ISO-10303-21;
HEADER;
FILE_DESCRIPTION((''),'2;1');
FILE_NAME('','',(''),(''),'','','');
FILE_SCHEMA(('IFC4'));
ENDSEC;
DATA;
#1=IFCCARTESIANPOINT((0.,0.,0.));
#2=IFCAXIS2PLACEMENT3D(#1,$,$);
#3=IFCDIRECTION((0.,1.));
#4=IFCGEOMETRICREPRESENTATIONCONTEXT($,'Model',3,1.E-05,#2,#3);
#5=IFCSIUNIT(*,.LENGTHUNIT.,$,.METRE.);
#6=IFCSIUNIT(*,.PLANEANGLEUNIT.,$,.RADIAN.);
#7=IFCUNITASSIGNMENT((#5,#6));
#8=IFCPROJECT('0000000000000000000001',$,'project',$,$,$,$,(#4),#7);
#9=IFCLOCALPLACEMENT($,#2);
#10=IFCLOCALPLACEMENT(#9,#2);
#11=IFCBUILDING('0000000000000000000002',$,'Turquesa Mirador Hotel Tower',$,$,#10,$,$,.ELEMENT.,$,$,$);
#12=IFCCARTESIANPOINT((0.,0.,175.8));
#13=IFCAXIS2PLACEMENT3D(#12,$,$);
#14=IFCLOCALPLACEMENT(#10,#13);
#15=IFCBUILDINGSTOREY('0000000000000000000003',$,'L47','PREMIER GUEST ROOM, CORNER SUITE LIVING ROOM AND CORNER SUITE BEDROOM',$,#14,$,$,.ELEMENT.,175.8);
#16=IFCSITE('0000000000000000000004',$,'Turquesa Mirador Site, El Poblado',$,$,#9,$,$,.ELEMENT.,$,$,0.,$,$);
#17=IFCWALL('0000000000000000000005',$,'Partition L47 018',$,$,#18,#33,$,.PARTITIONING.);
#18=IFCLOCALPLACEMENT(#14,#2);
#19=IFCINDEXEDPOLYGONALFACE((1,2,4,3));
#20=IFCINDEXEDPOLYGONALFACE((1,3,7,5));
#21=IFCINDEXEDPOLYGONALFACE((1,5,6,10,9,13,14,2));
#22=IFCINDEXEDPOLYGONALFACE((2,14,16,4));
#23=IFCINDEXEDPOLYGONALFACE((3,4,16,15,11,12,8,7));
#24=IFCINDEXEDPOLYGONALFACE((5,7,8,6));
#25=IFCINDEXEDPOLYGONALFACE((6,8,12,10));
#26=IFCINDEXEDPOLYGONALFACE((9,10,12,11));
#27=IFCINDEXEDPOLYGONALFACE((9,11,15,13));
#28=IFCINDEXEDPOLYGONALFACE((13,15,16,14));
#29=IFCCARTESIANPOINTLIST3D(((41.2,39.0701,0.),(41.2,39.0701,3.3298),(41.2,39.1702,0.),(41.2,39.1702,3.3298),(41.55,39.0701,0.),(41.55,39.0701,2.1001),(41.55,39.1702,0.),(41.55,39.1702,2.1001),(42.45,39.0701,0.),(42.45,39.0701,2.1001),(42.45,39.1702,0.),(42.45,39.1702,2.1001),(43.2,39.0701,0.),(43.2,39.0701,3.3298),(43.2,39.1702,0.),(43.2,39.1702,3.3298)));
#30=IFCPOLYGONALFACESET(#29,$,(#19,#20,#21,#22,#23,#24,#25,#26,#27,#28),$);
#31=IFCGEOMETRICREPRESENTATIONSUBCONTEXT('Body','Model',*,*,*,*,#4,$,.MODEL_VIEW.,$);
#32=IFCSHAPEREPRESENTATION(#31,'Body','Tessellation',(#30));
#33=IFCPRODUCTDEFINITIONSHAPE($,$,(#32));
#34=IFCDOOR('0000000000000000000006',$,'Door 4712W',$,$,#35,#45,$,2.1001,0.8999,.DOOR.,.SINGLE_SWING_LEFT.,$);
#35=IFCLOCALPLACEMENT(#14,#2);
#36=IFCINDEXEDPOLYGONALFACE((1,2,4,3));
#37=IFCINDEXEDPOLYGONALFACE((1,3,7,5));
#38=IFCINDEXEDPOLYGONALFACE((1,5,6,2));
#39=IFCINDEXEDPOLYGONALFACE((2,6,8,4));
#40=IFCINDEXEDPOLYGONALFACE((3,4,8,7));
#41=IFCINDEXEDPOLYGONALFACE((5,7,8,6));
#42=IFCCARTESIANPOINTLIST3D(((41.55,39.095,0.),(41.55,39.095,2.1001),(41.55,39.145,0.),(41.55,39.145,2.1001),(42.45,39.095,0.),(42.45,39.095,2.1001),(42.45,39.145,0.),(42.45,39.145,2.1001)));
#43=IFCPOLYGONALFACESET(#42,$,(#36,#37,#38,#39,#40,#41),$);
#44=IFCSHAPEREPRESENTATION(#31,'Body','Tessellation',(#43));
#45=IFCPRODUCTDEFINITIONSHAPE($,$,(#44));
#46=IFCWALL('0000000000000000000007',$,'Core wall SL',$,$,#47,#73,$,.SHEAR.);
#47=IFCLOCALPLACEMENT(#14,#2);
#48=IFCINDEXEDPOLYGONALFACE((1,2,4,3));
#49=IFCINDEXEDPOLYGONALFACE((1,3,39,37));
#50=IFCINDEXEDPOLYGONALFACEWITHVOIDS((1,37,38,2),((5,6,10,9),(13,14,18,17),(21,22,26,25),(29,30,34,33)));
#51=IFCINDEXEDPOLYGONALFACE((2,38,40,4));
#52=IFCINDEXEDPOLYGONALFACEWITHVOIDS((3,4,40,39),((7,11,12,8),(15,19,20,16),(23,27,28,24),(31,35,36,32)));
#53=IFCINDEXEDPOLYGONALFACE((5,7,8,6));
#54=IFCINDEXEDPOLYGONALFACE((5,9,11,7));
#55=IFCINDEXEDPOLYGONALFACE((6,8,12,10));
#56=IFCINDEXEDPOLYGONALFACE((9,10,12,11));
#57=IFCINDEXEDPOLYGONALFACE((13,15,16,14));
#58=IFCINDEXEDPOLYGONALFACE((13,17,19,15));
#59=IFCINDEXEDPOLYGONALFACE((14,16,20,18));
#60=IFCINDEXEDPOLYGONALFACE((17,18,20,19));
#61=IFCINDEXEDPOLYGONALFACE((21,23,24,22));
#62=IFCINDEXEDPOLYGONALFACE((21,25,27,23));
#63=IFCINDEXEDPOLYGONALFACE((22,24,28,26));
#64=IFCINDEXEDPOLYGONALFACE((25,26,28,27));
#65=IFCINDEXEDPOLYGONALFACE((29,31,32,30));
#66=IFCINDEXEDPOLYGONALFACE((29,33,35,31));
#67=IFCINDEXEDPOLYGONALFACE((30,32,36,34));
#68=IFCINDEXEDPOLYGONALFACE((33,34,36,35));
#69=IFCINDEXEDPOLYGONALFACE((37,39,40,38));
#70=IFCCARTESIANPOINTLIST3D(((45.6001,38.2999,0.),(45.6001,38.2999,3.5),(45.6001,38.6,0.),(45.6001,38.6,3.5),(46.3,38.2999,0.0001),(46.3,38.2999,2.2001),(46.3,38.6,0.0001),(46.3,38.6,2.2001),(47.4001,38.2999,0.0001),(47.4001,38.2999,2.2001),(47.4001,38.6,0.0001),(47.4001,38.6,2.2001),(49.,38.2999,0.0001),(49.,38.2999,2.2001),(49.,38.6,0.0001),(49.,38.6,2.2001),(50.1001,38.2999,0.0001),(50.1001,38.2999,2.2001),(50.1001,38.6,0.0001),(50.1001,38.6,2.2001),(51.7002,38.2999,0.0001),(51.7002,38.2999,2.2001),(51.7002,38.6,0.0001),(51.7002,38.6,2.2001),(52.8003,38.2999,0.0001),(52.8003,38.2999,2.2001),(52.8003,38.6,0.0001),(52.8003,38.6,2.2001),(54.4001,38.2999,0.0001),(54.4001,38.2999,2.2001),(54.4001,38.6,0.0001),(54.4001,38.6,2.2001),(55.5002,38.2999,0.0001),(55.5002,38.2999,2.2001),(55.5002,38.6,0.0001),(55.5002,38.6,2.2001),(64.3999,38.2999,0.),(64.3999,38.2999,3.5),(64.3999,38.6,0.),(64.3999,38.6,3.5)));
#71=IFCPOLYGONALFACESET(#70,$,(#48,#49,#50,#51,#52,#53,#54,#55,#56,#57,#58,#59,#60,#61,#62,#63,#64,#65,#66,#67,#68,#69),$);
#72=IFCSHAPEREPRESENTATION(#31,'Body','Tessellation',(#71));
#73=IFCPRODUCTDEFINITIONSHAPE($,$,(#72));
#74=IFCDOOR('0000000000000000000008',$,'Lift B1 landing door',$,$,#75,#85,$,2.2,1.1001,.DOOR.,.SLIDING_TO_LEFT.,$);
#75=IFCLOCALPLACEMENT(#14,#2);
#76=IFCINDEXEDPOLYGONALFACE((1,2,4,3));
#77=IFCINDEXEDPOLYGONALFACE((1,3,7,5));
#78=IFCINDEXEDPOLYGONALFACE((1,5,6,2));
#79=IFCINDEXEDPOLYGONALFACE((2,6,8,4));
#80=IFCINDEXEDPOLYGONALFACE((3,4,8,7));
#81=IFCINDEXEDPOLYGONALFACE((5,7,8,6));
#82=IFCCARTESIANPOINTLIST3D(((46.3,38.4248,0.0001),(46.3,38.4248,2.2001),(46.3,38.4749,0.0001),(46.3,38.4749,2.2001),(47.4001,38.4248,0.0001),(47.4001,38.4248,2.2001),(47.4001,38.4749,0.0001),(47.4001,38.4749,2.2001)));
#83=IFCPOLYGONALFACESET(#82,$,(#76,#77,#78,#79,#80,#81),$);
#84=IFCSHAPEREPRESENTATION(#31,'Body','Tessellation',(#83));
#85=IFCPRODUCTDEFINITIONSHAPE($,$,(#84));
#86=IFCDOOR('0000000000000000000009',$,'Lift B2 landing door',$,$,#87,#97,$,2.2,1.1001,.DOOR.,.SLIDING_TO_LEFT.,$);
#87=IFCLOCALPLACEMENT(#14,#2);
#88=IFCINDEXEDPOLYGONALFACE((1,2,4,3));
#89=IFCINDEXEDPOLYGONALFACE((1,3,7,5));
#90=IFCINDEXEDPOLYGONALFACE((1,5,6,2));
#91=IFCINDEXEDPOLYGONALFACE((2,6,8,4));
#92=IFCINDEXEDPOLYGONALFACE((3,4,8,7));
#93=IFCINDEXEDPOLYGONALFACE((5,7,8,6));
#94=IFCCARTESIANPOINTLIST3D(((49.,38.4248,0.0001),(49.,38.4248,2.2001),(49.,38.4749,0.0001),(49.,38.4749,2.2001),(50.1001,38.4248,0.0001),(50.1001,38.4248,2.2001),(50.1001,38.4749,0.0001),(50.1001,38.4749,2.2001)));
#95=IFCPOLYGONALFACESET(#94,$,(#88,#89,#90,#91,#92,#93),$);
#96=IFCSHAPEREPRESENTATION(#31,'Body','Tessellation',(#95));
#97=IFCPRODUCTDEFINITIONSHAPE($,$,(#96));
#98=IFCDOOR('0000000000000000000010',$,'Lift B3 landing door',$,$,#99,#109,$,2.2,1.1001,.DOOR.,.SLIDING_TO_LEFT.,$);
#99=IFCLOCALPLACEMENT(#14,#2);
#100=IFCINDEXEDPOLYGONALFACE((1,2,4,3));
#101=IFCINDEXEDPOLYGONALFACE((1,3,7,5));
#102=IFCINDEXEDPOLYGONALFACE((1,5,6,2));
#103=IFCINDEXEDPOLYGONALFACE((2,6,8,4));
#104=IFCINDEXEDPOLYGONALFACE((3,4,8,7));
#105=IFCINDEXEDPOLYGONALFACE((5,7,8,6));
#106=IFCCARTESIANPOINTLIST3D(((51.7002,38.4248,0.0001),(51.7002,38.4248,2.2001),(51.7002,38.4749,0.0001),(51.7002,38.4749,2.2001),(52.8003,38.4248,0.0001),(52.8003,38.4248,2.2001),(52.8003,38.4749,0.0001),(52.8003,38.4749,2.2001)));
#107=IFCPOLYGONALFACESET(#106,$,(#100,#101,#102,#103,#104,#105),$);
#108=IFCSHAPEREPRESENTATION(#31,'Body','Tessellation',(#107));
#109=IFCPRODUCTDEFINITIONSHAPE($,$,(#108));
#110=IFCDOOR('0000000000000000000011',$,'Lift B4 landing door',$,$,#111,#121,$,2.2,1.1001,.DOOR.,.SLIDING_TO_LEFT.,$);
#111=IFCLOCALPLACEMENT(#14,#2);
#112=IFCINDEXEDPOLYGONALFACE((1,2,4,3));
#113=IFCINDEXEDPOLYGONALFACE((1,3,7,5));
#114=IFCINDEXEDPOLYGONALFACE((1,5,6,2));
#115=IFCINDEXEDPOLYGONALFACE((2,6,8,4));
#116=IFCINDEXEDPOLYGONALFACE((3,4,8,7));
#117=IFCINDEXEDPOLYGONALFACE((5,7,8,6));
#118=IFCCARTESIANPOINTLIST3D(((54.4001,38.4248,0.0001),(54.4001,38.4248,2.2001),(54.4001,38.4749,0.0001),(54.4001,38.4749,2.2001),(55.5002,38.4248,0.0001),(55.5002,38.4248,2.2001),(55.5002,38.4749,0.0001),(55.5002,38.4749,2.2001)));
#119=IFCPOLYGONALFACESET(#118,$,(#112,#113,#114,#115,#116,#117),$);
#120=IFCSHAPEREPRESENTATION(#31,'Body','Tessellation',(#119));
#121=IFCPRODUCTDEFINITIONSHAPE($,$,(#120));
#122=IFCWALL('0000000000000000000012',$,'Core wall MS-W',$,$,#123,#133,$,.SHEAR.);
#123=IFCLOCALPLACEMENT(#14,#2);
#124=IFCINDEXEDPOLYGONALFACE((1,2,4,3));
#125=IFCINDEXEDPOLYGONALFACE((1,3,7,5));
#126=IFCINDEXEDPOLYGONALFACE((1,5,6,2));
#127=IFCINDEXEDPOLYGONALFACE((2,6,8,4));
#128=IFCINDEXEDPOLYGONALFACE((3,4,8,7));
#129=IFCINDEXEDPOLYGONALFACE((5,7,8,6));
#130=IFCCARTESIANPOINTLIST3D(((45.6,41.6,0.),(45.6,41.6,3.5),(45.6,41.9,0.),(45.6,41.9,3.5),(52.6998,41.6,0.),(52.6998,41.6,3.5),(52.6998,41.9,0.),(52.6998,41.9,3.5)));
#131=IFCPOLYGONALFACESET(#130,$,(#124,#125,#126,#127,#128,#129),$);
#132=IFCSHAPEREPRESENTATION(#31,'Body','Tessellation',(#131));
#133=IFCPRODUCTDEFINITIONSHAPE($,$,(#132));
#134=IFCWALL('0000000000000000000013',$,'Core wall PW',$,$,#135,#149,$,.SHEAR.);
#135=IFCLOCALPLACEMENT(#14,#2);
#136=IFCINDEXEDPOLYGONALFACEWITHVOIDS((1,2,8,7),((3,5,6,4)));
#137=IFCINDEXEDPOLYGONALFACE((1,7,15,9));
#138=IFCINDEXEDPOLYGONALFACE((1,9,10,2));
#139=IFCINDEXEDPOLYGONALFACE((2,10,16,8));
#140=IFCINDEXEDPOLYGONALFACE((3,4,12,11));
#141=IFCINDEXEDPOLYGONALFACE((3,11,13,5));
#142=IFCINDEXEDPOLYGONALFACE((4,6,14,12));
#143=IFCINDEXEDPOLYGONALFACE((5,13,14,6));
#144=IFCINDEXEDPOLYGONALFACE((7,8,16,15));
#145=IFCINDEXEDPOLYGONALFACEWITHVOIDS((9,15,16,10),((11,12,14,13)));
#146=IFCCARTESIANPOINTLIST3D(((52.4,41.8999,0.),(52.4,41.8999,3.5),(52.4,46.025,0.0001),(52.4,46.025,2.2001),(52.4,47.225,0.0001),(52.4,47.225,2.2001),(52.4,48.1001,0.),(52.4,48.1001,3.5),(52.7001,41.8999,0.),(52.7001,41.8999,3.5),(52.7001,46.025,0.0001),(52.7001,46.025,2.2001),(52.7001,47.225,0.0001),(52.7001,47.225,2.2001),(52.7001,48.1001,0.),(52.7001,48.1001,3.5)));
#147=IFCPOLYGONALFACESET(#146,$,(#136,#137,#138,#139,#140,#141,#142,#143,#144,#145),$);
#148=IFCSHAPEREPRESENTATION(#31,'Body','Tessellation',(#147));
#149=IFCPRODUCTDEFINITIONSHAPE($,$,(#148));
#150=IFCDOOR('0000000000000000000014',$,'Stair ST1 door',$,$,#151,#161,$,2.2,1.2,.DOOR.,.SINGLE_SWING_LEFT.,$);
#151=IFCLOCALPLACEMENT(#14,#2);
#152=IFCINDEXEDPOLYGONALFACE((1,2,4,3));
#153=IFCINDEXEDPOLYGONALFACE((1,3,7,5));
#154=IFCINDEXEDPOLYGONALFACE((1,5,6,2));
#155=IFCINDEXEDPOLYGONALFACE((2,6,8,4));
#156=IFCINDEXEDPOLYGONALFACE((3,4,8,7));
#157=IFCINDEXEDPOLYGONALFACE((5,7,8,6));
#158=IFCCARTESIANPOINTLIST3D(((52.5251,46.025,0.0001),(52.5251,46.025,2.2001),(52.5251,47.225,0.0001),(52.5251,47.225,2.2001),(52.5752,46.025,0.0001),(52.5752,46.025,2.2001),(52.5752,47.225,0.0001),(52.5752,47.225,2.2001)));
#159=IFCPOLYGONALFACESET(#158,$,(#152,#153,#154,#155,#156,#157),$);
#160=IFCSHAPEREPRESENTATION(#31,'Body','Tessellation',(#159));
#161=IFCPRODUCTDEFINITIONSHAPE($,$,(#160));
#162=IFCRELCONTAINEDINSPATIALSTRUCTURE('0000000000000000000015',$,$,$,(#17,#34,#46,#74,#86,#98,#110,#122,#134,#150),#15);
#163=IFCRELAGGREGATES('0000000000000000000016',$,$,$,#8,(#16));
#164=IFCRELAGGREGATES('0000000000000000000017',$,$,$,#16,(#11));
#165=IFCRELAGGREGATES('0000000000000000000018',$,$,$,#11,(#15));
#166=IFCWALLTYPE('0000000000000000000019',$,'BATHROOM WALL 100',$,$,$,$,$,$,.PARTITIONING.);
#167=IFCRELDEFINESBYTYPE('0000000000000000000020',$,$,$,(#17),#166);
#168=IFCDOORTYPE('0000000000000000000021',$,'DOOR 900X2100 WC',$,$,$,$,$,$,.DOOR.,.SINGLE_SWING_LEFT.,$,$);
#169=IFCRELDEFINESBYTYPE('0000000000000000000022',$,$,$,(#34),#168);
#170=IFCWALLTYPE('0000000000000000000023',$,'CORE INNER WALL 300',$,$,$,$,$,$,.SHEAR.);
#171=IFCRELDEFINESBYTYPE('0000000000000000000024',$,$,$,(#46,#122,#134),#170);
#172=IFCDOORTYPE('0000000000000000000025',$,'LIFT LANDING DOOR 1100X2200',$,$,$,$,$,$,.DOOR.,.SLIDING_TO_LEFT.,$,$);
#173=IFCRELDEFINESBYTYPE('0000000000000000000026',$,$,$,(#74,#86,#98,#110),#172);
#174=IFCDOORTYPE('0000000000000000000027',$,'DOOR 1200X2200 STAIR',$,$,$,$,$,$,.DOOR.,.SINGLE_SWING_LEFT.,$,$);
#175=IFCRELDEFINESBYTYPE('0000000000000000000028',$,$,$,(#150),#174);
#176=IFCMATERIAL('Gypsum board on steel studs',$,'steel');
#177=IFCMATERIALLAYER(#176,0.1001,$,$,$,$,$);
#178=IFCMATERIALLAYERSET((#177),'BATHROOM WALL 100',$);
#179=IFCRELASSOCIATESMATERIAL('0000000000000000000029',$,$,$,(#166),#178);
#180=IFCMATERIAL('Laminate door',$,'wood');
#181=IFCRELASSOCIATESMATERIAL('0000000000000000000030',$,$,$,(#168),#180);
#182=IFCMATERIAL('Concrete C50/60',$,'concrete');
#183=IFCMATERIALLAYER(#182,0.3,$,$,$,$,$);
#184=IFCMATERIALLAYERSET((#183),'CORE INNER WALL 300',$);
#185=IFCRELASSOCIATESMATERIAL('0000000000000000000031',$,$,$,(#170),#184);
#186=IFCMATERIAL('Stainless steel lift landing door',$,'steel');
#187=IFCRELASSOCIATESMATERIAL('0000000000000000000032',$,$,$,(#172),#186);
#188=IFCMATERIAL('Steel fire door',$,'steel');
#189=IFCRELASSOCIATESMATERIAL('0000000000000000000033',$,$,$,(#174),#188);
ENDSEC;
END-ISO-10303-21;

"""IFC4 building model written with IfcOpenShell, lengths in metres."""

from ifc_helpers import new_model, si_unit, direction, frame, frame_2d, origin, place, context, subcontext, project, spatial, rectangle, extrude, material, layer, layer_set, type_object, element, fill, save


model = new_model("IFC4")

# Units and contexts
model_context = context("Model", 3, precision=1e-05, world=origin(), true_north=direction((0.0, 1.0)))
body_context = subcontext(model_context, "Body", "Model", "MODEL_VIEW")
ifc_project = project(units=[si_unit("LENGTHUNIT", "METRE"), si_unit("PLANEANGLEUNIT", "RADIAN")], contexts=[model_context])

# Site, building, storey
site_placement = place(None, origin())
site = spatial("IfcSite", under=ifc_project, at=site_placement, Name="Turquesa Mirador Site, El Poblado", CompositionType="ELEMENT", RefElevation=0.0)
building_placement = place(site_placement, origin())
building = spatial("IfcBuilding", under=site, at=building_placement, Name="Turquesa Mirador Hotel Tower", CompositionType="ELEMENT")
storey_placement = place(building_placement, frame((0.0, 0.0, 175.8)))
storey = spatial("IfcBuildingStorey", under=building, at=storey_placement, Name="L47", Description="PREMIER GUEST ROOM, CORNER SUITE LIVING ROOM AND CORNER SUITE BEDROOM", CompositionType="ELEMENT", Elevation=175.8)

# Wall, opening, door
ifc_material_1 = material(Name="Gypsum board on steel studs", Category="steel")
ifc_layer_1 = layer(ifc_material_1, 0.1001)
ifc_layer_set_1 = layer_set([ifc_layer_1], Name="BATHROOM WALL 100")
wall_type_1 = type_object("IfcWallType", Name="BATHROOM WALL 100", PredefinedType="PARTITIONING", material=ifc_layer_set_1)
wall_1_placement = place(storey_placement, frame((41.2, 39.1201, 0.0), z_axis=(0.0, 0.0, 1.0), x_axis=(1.0, 0.0, 0.0)))
wall_1 = element("IfcWall", 1, at=wall_1_placement, inside=storey, type_object=wall_type_1, Name="Partition L47 018", PredefinedType="PARTITIONING", context=body_context, shape_type="SweptSolid", body=[
    extrude(rectangle(XDim=2.0, YDim=0.1001, at=frame_2d((1.0, 0.0))), origin(), (0.0, 0.0, 1.0), 3.3298),
])
opening_1_placement = place(wall_1_placement, frame((0.3501, 0.0, 0.0)))
opening_1 = element("IfcOpeningElement", 2, at=opening_1_placement, cuts=wall_1, PredefinedType="OPENING", context=body_context, shape_type="SweptSolid", body=[
    extrude(rectangle(XDim=0.8999, YDim=2.1001, at=frame_2d((0.45, 1.05))), frame((0.0, 0.0601, 0.0), z_axis=(0.0, -1.0, 0.0), x_axis=(1.0, 0.0, 0.0)), (0.0, 0.0, 1.0), 0.1201),
])
ifc_material_2 = material(Name="Laminate door", Category="wood")
door_type_1 = type_object("IfcDoorType", Name="DOOR 900X2100 WC", OperationType="SINGLE_SWING_LEFT", PredefinedType="DOOR", material=ifc_material_2)
door_1_placement = place(opening_1_placement, origin())
door_1 = element("IfcDoor", 3, at=door_1_placement, inside=storey, type_object=door_type_1, Name="Door 4712W", OperationType="SINGLE_SWING_LEFT", OverallHeight=2.1001, OverallWidth=0.8999, PredefinedType="DOOR", context=body_context, shape_type="SweptSolid", body=[
    extrude(rectangle(XDim=0.8999, YDim=2.1001, at=frame_2d((0.45, 1.05))), frame((0.0, 0.0249, 0.0), z_axis=(0.0, -1.0, 0.0), x_axis=(1.0, 0.0, 0.0)), (0.0, 0.0, 1.0), 0.05),
])
fill(opening_1, door_1)

# Wall, openings, doors
ifc_material_3 = material(Name="Concrete C50/60", Category="concrete")
ifc_layer_2 = layer(ifc_material_3, 0.3)
ifc_layer_set_2 = layer_set([ifc_layer_2], Name="CORE INNER WALL 300")
wall_type_2 = type_object("IfcWallType", Name="CORE INNER WALL 300", PredefinedType="SHEAR", material=ifc_layer_set_2)
wall_2_placement = place(storey_placement, frame((45.6001, 38.45, 0.0), z_axis=(0.0, 0.0, 1.0), x_axis=(1.0, 0.0, 0.0)))
wall_2 = element("IfcWall", 4, at=wall_2_placement, inside=storey, type_object=wall_type_2, Name="Core wall SL", PredefinedType="SHEAR", context=body_context, shape_type="SweptSolid", body=[
    extrude(rectangle(XDim=18.7998, YDim=0.3, at=frame_2d((9.3999, 0.0))), origin(), (0.0, 0.0, 1.0), 3.5),
])
opening_2_placement = place(wall_2_placement, frame((0.7, 0.0, 0.0)))
opening_2 = element("IfcOpeningElement", 5, at=opening_2_placement, cuts=wall_2, PredefinedType="OPENING", context=body_context, shape_type="SweptSolid", body=[
    extrude(rectangle(XDim=1.1001, YDim=2.2, at=frame_2d((0.55, 1.1001))), frame((0.0, 0.1599, 0.0), z_axis=(0.0, -1.0, 0.0), x_axis=(1.0, 0.0, 0.0)), (0.0, 0.0, 1.0), 0.3201),
])
opening_3_placement = place(wall_2_placement, frame((3.3999, 0.0, 0.0)))
opening_3 = element("IfcOpeningElement", 6, at=opening_3_placement, cuts=wall_2, PredefinedType="OPENING", context=body_context, shape_type="SweptSolid", body=[
    extrude(rectangle(XDim=1.1001, YDim=2.2, at=frame_2d((0.55, 1.1001))), frame((0.0, 0.1599, 0.0), z_axis=(0.0, -1.0, 0.0), x_axis=(1.0, 0.0, 0.0)), (0.0, 0.0, 1.0), 0.3201),
])
opening_4_placement = place(wall_2_placement, frame((6.1001, 0.0, 0.0)))
opening_4 = element("IfcOpeningElement", 7, at=opening_4_placement, cuts=wall_2, PredefinedType="OPENING", context=body_context, shape_type="SweptSolid", body=[
    extrude(rectangle(XDim=1.1001, YDim=2.2, at=frame_2d((0.55, 1.1001))), frame((0.0, 0.1599, 0.0), z_axis=(0.0, -1.0, 0.0), x_axis=(1.0, 0.0, 0.0)), (0.0, 0.0, 1.0), 0.3201),
])
opening_5_placement = place(wall_2_placement, frame((8.8, 0.0, 0.0)))
opening_5 = element("IfcOpeningElement", 8, at=opening_5_placement, cuts=wall_2, PredefinedType="OPENING", context=body_context, shape_type="SweptSolid", body=[
    extrude(rectangle(XDim=1.1001, YDim=2.2, at=frame_2d((0.55, 1.1001))), frame((0.0, 0.1599, 0.0), z_axis=(0.0, -1.0, 0.0), x_axis=(1.0, 0.0, 0.0)), (0.0, 0.0, 1.0), 0.3201),
])
ifc_material_4 = material(Name="Stainless steel lift landing door", Category="steel")
door_type_2 = type_object("IfcDoorType", Name="LIFT LANDING DOOR 1100X2200", OperationType="SLIDING_TO_LEFT", PredefinedType="DOOR", material=ifc_material_4)
door_2_placement = place(opening_2_placement, origin())
door_2 = element("IfcDoor", 9, at=door_2_placement, inside=storey, type_object=door_type_2, Name="Lift B1 landing door", OperationType="SLIDING_TO_LEFT", OverallHeight=2.2, OverallWidth=1.1001, PredefinedType="DOOR", context=body_context, shape_type="SweptSolid", body=[
    extrude(rectangle(XDim=1.1001, YDim=2.2, at=frame_2d((0.55, 1.1001))), frame((0.0, 0.0249, 0.0), z_axis=(0.0, -1.0, 0.0), x_axis=(1.0, 0.0, 0.0)), (0.0, 0.0, 1.0), 0.05),
])
fill(opening_2, door_2)
door_3_placement = place(opening_3_placement, origin())
door_3 = element("IfcDoor", 10, at=door_3_placement, inside=storey, type_object=door_type_2, Name="Lift B2 landing door", OperationType="SLIDING_TO_LEFT", OverallHeight=2.2, OverallWidth=1.1001, PredefinedType="DOOR", context=body_context, shape_type="SweptSolid", body=[
    extrude(rectangle(XDim=1.1001, YDim=2.2, at=frame_2d((0.55, 1.1001))), frame((0.0, 0.0249, 0.0), z_axis=(0.0, -1.0, 0.0), x_axis=(1.0, 0.0, 0.0)), (0.0, 0.0, 1.0), 0.05),
])
fill(opening_3, door_3)
door_4_placement = place(opening_4_placement, origin())
door_4 = element("IfcDoor", 11, at=door_4_placement, inside=storey, type_object=door_type_2, Name="Lift B3 landing door", OperationType="SLIDING_TO_LEFT", OverallHeight=2.2, OverallWidth=1.1001, PredefinedType="DOOR", context=body_context, shape_type="SweptSolid", body=[
    extrude(rectangle(XDim=1.1001, YDim=2.2, at=frame_2d((0.55, 1.1001))), frame((0.0, 0.0249, 0.0), z_axis=(0.0, -1.0, 0.0), x_axis=(1.0, 0.0, 0.0)), (0.0, 0.0, 1.0), 0.05),
])
fill(opening_4, door_4)
door_5_placement = place(opening_5_placement, origin())
door_5 = element("IfcDoor", 12, at=door_5_placement, inside=storey, type_object=door_type_2, Name="Lift B4 landing door", OperationType="SLIDING_TO_LEFT", OverallHeight=2.2, OverallWidth=1.1001, PredefinedType="DOOR", context=body_context, shape_type="SweptSolid", body=[
    extrude(rectangle(XDim=1.1001, YDim=2.2, at=frame_2d((0.55, 1.1001))), frame((0.0, 0.0249, 0.0), z_axis=(0.0, -1.0, 0.0), x_axis=(1.0, 0.0, 0.0)), (0.0, 0.0, 1.0), 0.05),
])
fill(opening_5, door_5)

# Wall
wall_3_placement = place(storey_placement, frame((45.6001, 41.75, 0.0), z_axis=(0.0, 0.0, 1.0), x_axis=(1.0, 0.0, 0.0)))
element("IfcWall", 13, at=wall_3_placement, inside=storey, type_object=wall_type_2, Name="Core wall MS-W", PredefinedType="SHEAR", context=body_context, shape_type="SweptSolid", body=[
    extrude(rectangle(XDim=7.0999, YDim=0.3, at=frame_2d((3.5498, 0.0))), origin(), (0.0, 0.0, 1.0), 3.5),
])

# Wall, opening, door
wall_4_placement = place(storey_placement, frame((52.55, 41.8999, 0.0), z_axis=(0.0, 0.0, 1.0), x_axis=(0.0, 1.0, 0.0)))
wall_4 = element("IfcWall", 14, at=wall_4_placement, inside=storey, type_object=wall_type_2, Name="Core wall PW", PredefinedType="SHEAR", context=body_context, shape_type="SweptSolid", body=[
    extrude(rectangle(XDim=6.2002, YDim=0.3, at=frame_2d((3.1001, 0.0))), origin(), (0.0, 0.0, 1.0), 3.5),
])
opening_6_placement = place(wall_4_placement, frame((4.125, 0.0, 0.0)))
opening_6 = element("IfcOpeningElement", 15, at=opening_6_placement, cuts=wall_4, PredefinedType="OPENING", context=body_context, shape_type="SweptSolid", body=[
    extrude(rectangle(XDim=1.2, YDim=2.2, at=frame_2d((0.6001, 1.1001))), frame((0.0, 0.1599, 0.0), z_axis=(0.0, -1.0, 0.0), x_axis=(1.0, 0.0, 0.0)), (0.0, 0.0, 1.0), 0.3201),
])
ifc_material_5 = material(Name="Steel fire door", Category="steel")
door_type_3 = type_object("IfcDoorType", Name="DOOR 1200X2200 STAIR", OperationType="SINGLE_SWING_LEFT", PredefinedType="DOOR", material=ifc_material_5)
door_6_placement = place(opening_6_placement, origin())
door_6 = element("IfcDoor", 16, at=door_6_placement, inside=storey, type_object=door_type_3, Name="Stair ST1 door", OperationType="SINGLE_SWING_LEFT", OverallHeight=2.2, OverallWidth=1.2, PredefinedType="DOOR", context=body_context, shape_type="SweptSolid", body=[
    extrude(rectangle(XDim=1.2, YDim=2.2, at=frame_2d((0.6001, 1.1001))), frame((0.0, 0.0249, 0.0), z_axis=(0.0, -1.0, 0.0), x_axis=(1.0, 0.0, 0.0)), (0.0, 0.0, 1.0), 0.05),
])
fill(opening_6, door_6)

save(model, "model.ifc")
